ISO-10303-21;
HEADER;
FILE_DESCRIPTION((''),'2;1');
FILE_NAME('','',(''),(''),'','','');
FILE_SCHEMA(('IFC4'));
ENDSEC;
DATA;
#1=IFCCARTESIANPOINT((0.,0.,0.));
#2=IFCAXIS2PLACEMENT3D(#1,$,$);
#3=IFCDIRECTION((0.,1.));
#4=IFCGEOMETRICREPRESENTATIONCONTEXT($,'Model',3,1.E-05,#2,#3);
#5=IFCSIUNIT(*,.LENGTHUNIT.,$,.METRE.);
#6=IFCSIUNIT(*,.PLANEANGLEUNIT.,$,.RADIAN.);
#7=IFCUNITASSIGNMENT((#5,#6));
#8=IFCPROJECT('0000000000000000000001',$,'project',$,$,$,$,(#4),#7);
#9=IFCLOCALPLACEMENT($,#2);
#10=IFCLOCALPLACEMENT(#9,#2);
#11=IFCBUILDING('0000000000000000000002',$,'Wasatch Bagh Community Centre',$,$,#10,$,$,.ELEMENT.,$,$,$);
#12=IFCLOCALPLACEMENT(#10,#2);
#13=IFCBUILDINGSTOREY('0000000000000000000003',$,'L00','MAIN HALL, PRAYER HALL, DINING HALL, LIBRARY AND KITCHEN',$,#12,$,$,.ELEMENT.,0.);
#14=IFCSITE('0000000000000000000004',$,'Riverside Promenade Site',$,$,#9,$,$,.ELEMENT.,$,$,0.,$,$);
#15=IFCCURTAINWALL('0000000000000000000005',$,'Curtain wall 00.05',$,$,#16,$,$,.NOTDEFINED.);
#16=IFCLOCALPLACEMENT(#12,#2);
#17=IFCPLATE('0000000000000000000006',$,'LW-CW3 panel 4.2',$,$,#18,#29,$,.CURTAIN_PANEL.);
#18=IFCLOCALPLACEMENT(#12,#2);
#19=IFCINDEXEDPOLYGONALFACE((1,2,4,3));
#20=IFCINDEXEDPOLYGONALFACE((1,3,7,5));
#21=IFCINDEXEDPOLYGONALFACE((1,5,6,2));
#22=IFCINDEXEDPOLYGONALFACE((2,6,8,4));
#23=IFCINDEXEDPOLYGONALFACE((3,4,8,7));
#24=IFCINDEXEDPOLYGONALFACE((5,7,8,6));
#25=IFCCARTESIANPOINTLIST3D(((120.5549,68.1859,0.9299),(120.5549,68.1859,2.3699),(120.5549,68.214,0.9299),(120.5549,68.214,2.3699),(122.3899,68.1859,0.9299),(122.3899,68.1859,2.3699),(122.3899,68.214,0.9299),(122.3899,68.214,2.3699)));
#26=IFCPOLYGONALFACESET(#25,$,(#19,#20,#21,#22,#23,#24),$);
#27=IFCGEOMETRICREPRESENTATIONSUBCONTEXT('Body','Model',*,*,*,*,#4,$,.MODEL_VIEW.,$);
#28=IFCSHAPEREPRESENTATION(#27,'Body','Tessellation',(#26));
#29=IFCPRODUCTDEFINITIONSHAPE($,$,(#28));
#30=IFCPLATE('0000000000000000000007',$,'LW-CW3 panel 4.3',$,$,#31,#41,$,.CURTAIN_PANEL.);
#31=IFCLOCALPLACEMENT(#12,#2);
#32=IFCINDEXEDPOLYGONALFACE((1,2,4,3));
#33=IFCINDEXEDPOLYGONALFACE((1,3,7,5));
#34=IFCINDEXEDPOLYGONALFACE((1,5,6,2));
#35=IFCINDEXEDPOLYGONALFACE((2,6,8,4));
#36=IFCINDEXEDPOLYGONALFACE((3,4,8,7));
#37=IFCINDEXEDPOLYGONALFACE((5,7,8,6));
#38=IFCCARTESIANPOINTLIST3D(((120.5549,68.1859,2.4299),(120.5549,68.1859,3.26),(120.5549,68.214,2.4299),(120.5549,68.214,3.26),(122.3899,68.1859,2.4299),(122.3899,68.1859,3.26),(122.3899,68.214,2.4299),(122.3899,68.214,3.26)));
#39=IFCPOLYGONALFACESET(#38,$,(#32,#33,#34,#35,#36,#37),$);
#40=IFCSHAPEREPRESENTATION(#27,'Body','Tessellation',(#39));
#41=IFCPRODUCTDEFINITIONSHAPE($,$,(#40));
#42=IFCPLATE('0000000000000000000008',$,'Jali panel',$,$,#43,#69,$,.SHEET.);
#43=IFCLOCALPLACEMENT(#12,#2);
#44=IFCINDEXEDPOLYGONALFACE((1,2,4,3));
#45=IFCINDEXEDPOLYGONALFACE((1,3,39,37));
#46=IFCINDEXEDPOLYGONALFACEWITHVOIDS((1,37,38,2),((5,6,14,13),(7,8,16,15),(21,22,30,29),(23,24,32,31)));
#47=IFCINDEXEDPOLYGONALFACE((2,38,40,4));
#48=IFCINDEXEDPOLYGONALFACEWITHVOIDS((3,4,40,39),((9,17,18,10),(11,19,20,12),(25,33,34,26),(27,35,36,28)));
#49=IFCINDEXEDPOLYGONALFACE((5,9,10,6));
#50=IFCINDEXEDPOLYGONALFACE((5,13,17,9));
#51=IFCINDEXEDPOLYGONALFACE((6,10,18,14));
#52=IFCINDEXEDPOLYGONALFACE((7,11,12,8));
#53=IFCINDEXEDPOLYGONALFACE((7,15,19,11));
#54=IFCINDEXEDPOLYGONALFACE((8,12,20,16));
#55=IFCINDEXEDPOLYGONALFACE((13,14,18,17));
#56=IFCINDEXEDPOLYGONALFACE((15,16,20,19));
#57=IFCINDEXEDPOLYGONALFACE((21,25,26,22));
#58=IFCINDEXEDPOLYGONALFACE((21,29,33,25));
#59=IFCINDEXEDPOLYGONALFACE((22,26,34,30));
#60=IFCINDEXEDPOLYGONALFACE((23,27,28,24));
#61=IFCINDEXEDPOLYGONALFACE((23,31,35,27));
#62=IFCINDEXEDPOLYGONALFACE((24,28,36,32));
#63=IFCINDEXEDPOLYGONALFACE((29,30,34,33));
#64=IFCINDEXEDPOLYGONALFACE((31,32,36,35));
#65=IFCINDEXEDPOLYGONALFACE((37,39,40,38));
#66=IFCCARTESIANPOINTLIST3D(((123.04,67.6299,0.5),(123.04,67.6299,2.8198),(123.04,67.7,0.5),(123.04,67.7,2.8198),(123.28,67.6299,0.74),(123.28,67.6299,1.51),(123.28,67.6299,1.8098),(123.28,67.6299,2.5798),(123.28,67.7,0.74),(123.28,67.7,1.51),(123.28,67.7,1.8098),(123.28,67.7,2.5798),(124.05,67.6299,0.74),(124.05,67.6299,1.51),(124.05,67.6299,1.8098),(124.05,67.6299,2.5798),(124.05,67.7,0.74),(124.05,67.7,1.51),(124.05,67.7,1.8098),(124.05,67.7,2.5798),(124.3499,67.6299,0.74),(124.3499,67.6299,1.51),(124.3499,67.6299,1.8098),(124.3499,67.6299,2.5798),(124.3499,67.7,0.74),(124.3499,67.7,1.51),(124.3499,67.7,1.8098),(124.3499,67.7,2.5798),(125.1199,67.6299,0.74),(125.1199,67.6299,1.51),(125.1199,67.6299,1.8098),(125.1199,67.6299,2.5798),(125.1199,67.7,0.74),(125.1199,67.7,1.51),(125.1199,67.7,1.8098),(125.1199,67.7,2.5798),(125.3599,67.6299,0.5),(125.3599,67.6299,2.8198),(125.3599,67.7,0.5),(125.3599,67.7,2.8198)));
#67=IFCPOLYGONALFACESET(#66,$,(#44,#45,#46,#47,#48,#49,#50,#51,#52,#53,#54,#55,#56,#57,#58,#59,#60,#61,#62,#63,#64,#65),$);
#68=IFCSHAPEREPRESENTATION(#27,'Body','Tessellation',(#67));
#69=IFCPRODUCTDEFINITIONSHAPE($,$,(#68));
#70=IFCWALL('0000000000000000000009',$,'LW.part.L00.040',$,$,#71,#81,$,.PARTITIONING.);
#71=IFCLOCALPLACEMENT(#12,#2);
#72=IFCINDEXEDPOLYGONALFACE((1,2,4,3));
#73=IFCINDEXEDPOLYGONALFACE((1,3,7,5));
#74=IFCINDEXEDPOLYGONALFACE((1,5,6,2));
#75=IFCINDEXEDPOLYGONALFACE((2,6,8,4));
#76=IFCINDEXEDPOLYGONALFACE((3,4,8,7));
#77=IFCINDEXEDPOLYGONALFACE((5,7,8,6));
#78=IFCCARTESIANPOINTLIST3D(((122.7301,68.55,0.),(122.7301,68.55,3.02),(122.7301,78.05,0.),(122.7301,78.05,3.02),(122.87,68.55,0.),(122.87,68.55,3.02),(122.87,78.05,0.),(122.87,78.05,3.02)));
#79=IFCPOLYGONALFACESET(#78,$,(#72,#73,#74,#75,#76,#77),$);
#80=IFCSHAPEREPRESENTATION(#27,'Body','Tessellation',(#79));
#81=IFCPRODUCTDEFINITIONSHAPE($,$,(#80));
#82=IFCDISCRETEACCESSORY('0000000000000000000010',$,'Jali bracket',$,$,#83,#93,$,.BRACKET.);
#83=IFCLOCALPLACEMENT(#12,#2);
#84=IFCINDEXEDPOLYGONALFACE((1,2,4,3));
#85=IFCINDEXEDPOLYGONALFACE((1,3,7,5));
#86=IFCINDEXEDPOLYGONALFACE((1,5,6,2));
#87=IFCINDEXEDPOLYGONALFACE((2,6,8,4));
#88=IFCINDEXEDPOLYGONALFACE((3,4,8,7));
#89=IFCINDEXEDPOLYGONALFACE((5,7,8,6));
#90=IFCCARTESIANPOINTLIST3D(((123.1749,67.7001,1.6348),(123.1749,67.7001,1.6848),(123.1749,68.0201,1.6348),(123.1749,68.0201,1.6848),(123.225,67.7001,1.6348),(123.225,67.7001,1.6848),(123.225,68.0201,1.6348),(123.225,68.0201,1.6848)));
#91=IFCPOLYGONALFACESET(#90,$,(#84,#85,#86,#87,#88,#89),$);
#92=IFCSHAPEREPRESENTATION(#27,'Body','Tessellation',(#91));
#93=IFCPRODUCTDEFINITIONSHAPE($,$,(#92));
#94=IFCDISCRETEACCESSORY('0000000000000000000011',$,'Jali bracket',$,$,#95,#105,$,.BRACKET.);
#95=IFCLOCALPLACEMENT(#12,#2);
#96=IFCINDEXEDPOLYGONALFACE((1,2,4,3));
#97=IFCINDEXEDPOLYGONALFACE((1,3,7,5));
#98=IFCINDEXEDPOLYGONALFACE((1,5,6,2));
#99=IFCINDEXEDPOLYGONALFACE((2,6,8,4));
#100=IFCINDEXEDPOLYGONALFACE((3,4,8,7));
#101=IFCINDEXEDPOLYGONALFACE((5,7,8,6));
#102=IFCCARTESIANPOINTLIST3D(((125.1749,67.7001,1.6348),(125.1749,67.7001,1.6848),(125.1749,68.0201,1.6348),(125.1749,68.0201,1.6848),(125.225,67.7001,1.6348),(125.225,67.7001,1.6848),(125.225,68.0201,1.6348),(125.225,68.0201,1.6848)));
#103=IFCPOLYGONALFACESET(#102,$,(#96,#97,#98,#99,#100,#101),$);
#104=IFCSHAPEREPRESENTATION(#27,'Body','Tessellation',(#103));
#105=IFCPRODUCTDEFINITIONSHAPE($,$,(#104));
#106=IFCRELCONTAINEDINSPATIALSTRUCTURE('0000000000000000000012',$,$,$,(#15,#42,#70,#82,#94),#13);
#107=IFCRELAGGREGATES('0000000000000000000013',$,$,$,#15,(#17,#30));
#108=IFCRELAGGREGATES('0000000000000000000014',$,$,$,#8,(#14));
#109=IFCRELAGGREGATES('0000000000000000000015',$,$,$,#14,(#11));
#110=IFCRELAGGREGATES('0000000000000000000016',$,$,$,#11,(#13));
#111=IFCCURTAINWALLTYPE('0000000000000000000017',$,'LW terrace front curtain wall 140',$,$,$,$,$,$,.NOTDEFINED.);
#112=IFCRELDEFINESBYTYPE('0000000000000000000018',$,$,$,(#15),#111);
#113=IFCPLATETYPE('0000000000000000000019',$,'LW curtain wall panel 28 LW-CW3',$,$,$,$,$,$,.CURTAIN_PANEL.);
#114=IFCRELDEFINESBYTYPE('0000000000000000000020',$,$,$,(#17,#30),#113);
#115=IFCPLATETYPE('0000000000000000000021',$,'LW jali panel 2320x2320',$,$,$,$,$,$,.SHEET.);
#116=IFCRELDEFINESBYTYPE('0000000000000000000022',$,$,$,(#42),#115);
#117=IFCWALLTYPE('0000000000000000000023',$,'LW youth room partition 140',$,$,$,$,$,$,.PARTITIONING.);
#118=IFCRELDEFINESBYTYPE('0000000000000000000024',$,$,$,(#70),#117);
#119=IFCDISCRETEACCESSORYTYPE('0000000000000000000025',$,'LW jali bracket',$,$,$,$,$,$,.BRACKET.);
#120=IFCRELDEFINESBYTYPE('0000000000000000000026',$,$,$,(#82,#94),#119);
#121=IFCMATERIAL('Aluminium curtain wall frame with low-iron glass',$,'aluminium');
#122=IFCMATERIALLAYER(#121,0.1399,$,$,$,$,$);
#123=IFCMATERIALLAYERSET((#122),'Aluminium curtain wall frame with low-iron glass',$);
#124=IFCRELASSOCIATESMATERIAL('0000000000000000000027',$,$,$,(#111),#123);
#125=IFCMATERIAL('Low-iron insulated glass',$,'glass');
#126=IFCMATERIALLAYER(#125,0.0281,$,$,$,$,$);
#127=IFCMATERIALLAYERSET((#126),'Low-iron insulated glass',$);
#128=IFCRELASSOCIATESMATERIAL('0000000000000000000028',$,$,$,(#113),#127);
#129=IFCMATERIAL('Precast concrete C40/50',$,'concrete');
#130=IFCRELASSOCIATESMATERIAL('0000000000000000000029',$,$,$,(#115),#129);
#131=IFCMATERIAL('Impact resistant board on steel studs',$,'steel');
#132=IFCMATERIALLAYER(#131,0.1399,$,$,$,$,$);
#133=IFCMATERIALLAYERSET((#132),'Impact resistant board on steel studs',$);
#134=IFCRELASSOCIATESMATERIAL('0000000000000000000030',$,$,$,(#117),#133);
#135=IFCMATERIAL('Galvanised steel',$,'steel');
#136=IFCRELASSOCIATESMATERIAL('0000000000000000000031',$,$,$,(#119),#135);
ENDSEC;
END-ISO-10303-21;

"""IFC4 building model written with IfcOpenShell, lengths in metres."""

from ifc_helpers import new_model, si_unit, direction, frame, frame_2d, origin, origin_2d, place, context, subcontext, project, spatial, polyline, rectangle, outline, extrude, material, layer, layer_set, material_profile, profile_set, type_object, element, aggregate, save


model = new_model("IFC4")

# Units and contexts
model_context = context("Model", 3, precision=1e-05, world=origin(), true_north=direction((0.0, 1.0)))
body_context = subcontext(model_context, "Body", "Model", "MODEL_VIEW")
ifc_project = project(units=[si_unit("LENGTHUNIT", "METRE"), si_unit("PLANEANGLEUNIT", "RADIAN")], contexts=[model_context])

# Site, building, storey
site_placement = place(None, origin())
site = spatial("IfcSite", under=ifc_project, at=site_placement, Name="Riverside Promenade Site", CompositionType="ELEMENT", RefElevation=0.0)
building_placement = place(site_placement, origin())
building = spatial("IfcBuilding", under=site, at=building_placement, Name="Wasatch Bagh Community Centre", CompositionType="ELEMENT")
storey_placement = place(building_placement, origin())
storey = spatial("IfcBuildingStorey", under=building, at=storey_placement, Name="L00", Description="MAIN HALL, PRAYER HALL, DINING HALL, LIBRARY AND KITCHEN", CompositionType="ELEMENT", Elevation=0.0)

# Curtain wall, plates
ifc_material_1 = material(Name="Aluminium curtain wall frame with low-iron glass", Category="aluminium")
ifc_layer_1 = layer(ifc_material_1, 0.1399)
ifc_layer_set_1 = layer_set([ifc_layer_1], Name="Aluminium curtain wall frame with low-iron glass")
curtain_wall_type = type_object("IfcCurtainWallType", Name="LW terrace front curtain wall 140", PredefinedType="NOTDEFINED", material=ifc_layer_set_1)
curtain_wall_placement = place(storey_placement, origin())
curtain_wall = element("IfcCurtainWall", 1, at=curtain_wall_placement, inside=storey, type_object=curtain_wall_type, Name="Curtain wall 00.05", PredefinedType="NOTDEFINED")
ifc_material_2 = material(Name="Low-iron insulated glass", Category="glass")
ifc_layer_2 = layer(ifc_material_2, 0.0281)
ifc_layer_set_2 = layer_set([ifc_layer_2], Name="Low-iron insulated glass")
plate_type_1 = type_object("IfcPlateType", Name="LW curtain wall panel 28 LW-CW3", PredefinedType="CURTAIN_PANEL", material=ifc_layer_set_2)
plate_1_placement = place(storey_placement, frame((121.4724, 68.2, 0.9299), z_axis=(0.0, 0.0, 1.0), x_axis=(1.0, 0.0, 0.0)))
plate_1 = element("IfcPlate", 2, at=plate_1_placement, type_object=plate_type_1, Name="LW-CW3 panel 4.2", PredefinedType="CURTAIN_PANEL", context=body_context, shape_type="SweptSolid", body=[
    extrude(rectangle(XDim=1.835, YDim=0.0281, at=origin_2d()), origin(), (0.0, 0.0, 1.0), 1.4399),
])
plate_2_placement = place(storey_placement, frame((121.4724, 68.2, 2.4299), z_axis=(0.0, 0.0, 1.0), x_axis=(1.0, 0.0, 0.0)))
plate_2 = element("IfcPlate", 3, at=plate_2_placement, type_object=plate_type_1, Name="LW-CW3 panel 4.3", PredefinedType="CURTAIN_PANEL", context=body_context, shape_type="SweptSolid", body=[
    extrude(rectangle(XDim=1.835, YDim=0.0281, at=origin_2d()), origin(), (0.0, 0.0, 1.0), 0.8301),
])
aggregate(curtain_wall, [plate_1, plate_2])

# Plate
ifc_material_3 = material(Name="Precast concrete C40/50", Category="concrete")
ifc_material_profile_1 = material_profile(ifc_material_3, outline(polyline([(-1.1599, -1.1599), (1.1599, -1.1599), (1.1599, 1.1599), (-1.1599, 1.1599), (-1.1599, -1.1599)]), holes=[polyline([(-0.9199, -0.9199), (-0.1499, -0.9199), (-0.1499, -0.1499), (-0.9199, -0.1499), (-0.9199, -0.9199)]), polyline([(-0.9199, 0.1499), (-0.1499, 0.1499), (-0.1499, 0.9199), (-0.9199, 0.9199), (-0.9199, 0.1499)]), polyline([(0.1499, -0.9199), (0.9199, -0.9199), (0.9199, -0.1499), (0.1499, -0.1499), (0.1499, -0.9199)]), polyline([(0.1499, 0.1499), (0.9199, 0.1499), (0.9199, 0.9199), (0.1499, 0.9199), (0.1499, 0.1499)])]), Name="Jali lattice")
ifc_profile_set_1 = profile_set([ifc_material_profile_1], Name="Precast concrete C40/50")
plate_type_2 = type_object("IfcPlateType", Name="LW jali panel 2320x2320", PredefinedType="SHEET", material=ifc_profile_set_1)
plate_3_placement = place(storey_placement, frame((124.2, 67.7, 1.6599), z_axis=(0.0, -1.0, 0.0), x_axis=(1.0, 0.0, 0.0)))
element("IfcPlate", 4, at=plate_3_placement, inside=storey, type_object=plate_type_2, Name="Jali panel", PredefinedType="SHEET", context=body_context, shape_type="SweptSolid", body=[
    extrude(outline(polyline([(-1.1599, -1.1599), (1.1599, -1.1599), (1.1599, 1.1599), (-1.1599, 1.1599), (-1.1599, -1.1599)]), holes=[polyline([(-0.9199, -0.9199), (-0.1499, -0.9199), (-0.1499, -0.1499), (-0.9199, -0.1499), (-0.9199, -0.9199)]), polyline([(-0.9199, 0.1499), (-0.1499, 0.1499), (-0.1499, 0.9199), (-0.9199, 0.9199), (-0.9199, 0.1499)]), polyline([(0.1499, -0.9199), (0.9199, -0.9199), (0.9199, -0.1499), (0.1499, -0.1499), (0.1499, -0.9199)]), polyline([(0.1499, 0.1499), (0.9199, 0.1499), (0.9199, 0.9199), (0.1499, 0.9199), (0.1499, 0.1499)])]), origin(), (0.0, 0.0, 1.0), 0.0701),
])

# Wall
ifc_material_4 = material(Name="Impact resistant board on steel studs", Category="steel")
ifc_layer_3 = layer(ifc_material_4, 0.1399)
ifc_layer_set_3 = layer_set([ifc_layer_3], Name="Impact resistant board on steel studs")
wall_type_1 = type_object("IfcWallType", Name="LW youth room partition 140", PredefinedType="PARTITIONING", material=ifc_layer_set_3)
wall_1_placement = place(storey_placement, frame((122.8, 68.55, 0.0), z_axis=(0.0, 0.0, 1.0), x_axis=(0.0, 1.0, 0.0)))
element("IfcWall", 5, at=wall_1_placement, inside=storey, type_object=wall_type_1, Name="LW.part.L00.040", PredefinedType="PARTITIONING", context=body_context, shape_type="SweptSolid", body=[
    extrude(rectangle(XDim=9.5, YDim=0.1399, at=frame_2d((4.75, 0.0))), origin(), (0.0, 0.0, 1.0), 3.02),
])

# Discrete accessories
ifc_material_5 = material(Name="Galvanised steel", Category="steel")
discrete_accessory_type = type_object("IfcDiscreteAccessoryType", Name="LW jali bracket", PredefinedType="BRACKET", material=ifc_material_5)
for number, where, z_axis, x_axis, name in (
    (6, (123.2, 67.8601, 1.6348), (0.0, 0.0, 1.0), (1.0, 0.0, 0.0), "Jali bracket"),
    (7, (125.2, 67.8601, 1.6348), (0.0, 0.0, 1.0), (1.0, 0.0, 0.0), "Jali bracket"),
):
    element("IfcDiscreteAccessory", number, at=place(storey_placement, frame(where, z_axis=z_axis, x_axis=x_axis)), inside=storey, type_object=discrete_accessory_type, Name=name, PredefinedType="BRACKET", context=body_context, shape_type="SweptSolid", body=[
        extrude(rectangle(XDim=0.05, YDim=0.3201, at=origin_2d()), origin(), (0.0, 0.0, 1.0), 0.05),
    ])

save(model, "model.ifc")
